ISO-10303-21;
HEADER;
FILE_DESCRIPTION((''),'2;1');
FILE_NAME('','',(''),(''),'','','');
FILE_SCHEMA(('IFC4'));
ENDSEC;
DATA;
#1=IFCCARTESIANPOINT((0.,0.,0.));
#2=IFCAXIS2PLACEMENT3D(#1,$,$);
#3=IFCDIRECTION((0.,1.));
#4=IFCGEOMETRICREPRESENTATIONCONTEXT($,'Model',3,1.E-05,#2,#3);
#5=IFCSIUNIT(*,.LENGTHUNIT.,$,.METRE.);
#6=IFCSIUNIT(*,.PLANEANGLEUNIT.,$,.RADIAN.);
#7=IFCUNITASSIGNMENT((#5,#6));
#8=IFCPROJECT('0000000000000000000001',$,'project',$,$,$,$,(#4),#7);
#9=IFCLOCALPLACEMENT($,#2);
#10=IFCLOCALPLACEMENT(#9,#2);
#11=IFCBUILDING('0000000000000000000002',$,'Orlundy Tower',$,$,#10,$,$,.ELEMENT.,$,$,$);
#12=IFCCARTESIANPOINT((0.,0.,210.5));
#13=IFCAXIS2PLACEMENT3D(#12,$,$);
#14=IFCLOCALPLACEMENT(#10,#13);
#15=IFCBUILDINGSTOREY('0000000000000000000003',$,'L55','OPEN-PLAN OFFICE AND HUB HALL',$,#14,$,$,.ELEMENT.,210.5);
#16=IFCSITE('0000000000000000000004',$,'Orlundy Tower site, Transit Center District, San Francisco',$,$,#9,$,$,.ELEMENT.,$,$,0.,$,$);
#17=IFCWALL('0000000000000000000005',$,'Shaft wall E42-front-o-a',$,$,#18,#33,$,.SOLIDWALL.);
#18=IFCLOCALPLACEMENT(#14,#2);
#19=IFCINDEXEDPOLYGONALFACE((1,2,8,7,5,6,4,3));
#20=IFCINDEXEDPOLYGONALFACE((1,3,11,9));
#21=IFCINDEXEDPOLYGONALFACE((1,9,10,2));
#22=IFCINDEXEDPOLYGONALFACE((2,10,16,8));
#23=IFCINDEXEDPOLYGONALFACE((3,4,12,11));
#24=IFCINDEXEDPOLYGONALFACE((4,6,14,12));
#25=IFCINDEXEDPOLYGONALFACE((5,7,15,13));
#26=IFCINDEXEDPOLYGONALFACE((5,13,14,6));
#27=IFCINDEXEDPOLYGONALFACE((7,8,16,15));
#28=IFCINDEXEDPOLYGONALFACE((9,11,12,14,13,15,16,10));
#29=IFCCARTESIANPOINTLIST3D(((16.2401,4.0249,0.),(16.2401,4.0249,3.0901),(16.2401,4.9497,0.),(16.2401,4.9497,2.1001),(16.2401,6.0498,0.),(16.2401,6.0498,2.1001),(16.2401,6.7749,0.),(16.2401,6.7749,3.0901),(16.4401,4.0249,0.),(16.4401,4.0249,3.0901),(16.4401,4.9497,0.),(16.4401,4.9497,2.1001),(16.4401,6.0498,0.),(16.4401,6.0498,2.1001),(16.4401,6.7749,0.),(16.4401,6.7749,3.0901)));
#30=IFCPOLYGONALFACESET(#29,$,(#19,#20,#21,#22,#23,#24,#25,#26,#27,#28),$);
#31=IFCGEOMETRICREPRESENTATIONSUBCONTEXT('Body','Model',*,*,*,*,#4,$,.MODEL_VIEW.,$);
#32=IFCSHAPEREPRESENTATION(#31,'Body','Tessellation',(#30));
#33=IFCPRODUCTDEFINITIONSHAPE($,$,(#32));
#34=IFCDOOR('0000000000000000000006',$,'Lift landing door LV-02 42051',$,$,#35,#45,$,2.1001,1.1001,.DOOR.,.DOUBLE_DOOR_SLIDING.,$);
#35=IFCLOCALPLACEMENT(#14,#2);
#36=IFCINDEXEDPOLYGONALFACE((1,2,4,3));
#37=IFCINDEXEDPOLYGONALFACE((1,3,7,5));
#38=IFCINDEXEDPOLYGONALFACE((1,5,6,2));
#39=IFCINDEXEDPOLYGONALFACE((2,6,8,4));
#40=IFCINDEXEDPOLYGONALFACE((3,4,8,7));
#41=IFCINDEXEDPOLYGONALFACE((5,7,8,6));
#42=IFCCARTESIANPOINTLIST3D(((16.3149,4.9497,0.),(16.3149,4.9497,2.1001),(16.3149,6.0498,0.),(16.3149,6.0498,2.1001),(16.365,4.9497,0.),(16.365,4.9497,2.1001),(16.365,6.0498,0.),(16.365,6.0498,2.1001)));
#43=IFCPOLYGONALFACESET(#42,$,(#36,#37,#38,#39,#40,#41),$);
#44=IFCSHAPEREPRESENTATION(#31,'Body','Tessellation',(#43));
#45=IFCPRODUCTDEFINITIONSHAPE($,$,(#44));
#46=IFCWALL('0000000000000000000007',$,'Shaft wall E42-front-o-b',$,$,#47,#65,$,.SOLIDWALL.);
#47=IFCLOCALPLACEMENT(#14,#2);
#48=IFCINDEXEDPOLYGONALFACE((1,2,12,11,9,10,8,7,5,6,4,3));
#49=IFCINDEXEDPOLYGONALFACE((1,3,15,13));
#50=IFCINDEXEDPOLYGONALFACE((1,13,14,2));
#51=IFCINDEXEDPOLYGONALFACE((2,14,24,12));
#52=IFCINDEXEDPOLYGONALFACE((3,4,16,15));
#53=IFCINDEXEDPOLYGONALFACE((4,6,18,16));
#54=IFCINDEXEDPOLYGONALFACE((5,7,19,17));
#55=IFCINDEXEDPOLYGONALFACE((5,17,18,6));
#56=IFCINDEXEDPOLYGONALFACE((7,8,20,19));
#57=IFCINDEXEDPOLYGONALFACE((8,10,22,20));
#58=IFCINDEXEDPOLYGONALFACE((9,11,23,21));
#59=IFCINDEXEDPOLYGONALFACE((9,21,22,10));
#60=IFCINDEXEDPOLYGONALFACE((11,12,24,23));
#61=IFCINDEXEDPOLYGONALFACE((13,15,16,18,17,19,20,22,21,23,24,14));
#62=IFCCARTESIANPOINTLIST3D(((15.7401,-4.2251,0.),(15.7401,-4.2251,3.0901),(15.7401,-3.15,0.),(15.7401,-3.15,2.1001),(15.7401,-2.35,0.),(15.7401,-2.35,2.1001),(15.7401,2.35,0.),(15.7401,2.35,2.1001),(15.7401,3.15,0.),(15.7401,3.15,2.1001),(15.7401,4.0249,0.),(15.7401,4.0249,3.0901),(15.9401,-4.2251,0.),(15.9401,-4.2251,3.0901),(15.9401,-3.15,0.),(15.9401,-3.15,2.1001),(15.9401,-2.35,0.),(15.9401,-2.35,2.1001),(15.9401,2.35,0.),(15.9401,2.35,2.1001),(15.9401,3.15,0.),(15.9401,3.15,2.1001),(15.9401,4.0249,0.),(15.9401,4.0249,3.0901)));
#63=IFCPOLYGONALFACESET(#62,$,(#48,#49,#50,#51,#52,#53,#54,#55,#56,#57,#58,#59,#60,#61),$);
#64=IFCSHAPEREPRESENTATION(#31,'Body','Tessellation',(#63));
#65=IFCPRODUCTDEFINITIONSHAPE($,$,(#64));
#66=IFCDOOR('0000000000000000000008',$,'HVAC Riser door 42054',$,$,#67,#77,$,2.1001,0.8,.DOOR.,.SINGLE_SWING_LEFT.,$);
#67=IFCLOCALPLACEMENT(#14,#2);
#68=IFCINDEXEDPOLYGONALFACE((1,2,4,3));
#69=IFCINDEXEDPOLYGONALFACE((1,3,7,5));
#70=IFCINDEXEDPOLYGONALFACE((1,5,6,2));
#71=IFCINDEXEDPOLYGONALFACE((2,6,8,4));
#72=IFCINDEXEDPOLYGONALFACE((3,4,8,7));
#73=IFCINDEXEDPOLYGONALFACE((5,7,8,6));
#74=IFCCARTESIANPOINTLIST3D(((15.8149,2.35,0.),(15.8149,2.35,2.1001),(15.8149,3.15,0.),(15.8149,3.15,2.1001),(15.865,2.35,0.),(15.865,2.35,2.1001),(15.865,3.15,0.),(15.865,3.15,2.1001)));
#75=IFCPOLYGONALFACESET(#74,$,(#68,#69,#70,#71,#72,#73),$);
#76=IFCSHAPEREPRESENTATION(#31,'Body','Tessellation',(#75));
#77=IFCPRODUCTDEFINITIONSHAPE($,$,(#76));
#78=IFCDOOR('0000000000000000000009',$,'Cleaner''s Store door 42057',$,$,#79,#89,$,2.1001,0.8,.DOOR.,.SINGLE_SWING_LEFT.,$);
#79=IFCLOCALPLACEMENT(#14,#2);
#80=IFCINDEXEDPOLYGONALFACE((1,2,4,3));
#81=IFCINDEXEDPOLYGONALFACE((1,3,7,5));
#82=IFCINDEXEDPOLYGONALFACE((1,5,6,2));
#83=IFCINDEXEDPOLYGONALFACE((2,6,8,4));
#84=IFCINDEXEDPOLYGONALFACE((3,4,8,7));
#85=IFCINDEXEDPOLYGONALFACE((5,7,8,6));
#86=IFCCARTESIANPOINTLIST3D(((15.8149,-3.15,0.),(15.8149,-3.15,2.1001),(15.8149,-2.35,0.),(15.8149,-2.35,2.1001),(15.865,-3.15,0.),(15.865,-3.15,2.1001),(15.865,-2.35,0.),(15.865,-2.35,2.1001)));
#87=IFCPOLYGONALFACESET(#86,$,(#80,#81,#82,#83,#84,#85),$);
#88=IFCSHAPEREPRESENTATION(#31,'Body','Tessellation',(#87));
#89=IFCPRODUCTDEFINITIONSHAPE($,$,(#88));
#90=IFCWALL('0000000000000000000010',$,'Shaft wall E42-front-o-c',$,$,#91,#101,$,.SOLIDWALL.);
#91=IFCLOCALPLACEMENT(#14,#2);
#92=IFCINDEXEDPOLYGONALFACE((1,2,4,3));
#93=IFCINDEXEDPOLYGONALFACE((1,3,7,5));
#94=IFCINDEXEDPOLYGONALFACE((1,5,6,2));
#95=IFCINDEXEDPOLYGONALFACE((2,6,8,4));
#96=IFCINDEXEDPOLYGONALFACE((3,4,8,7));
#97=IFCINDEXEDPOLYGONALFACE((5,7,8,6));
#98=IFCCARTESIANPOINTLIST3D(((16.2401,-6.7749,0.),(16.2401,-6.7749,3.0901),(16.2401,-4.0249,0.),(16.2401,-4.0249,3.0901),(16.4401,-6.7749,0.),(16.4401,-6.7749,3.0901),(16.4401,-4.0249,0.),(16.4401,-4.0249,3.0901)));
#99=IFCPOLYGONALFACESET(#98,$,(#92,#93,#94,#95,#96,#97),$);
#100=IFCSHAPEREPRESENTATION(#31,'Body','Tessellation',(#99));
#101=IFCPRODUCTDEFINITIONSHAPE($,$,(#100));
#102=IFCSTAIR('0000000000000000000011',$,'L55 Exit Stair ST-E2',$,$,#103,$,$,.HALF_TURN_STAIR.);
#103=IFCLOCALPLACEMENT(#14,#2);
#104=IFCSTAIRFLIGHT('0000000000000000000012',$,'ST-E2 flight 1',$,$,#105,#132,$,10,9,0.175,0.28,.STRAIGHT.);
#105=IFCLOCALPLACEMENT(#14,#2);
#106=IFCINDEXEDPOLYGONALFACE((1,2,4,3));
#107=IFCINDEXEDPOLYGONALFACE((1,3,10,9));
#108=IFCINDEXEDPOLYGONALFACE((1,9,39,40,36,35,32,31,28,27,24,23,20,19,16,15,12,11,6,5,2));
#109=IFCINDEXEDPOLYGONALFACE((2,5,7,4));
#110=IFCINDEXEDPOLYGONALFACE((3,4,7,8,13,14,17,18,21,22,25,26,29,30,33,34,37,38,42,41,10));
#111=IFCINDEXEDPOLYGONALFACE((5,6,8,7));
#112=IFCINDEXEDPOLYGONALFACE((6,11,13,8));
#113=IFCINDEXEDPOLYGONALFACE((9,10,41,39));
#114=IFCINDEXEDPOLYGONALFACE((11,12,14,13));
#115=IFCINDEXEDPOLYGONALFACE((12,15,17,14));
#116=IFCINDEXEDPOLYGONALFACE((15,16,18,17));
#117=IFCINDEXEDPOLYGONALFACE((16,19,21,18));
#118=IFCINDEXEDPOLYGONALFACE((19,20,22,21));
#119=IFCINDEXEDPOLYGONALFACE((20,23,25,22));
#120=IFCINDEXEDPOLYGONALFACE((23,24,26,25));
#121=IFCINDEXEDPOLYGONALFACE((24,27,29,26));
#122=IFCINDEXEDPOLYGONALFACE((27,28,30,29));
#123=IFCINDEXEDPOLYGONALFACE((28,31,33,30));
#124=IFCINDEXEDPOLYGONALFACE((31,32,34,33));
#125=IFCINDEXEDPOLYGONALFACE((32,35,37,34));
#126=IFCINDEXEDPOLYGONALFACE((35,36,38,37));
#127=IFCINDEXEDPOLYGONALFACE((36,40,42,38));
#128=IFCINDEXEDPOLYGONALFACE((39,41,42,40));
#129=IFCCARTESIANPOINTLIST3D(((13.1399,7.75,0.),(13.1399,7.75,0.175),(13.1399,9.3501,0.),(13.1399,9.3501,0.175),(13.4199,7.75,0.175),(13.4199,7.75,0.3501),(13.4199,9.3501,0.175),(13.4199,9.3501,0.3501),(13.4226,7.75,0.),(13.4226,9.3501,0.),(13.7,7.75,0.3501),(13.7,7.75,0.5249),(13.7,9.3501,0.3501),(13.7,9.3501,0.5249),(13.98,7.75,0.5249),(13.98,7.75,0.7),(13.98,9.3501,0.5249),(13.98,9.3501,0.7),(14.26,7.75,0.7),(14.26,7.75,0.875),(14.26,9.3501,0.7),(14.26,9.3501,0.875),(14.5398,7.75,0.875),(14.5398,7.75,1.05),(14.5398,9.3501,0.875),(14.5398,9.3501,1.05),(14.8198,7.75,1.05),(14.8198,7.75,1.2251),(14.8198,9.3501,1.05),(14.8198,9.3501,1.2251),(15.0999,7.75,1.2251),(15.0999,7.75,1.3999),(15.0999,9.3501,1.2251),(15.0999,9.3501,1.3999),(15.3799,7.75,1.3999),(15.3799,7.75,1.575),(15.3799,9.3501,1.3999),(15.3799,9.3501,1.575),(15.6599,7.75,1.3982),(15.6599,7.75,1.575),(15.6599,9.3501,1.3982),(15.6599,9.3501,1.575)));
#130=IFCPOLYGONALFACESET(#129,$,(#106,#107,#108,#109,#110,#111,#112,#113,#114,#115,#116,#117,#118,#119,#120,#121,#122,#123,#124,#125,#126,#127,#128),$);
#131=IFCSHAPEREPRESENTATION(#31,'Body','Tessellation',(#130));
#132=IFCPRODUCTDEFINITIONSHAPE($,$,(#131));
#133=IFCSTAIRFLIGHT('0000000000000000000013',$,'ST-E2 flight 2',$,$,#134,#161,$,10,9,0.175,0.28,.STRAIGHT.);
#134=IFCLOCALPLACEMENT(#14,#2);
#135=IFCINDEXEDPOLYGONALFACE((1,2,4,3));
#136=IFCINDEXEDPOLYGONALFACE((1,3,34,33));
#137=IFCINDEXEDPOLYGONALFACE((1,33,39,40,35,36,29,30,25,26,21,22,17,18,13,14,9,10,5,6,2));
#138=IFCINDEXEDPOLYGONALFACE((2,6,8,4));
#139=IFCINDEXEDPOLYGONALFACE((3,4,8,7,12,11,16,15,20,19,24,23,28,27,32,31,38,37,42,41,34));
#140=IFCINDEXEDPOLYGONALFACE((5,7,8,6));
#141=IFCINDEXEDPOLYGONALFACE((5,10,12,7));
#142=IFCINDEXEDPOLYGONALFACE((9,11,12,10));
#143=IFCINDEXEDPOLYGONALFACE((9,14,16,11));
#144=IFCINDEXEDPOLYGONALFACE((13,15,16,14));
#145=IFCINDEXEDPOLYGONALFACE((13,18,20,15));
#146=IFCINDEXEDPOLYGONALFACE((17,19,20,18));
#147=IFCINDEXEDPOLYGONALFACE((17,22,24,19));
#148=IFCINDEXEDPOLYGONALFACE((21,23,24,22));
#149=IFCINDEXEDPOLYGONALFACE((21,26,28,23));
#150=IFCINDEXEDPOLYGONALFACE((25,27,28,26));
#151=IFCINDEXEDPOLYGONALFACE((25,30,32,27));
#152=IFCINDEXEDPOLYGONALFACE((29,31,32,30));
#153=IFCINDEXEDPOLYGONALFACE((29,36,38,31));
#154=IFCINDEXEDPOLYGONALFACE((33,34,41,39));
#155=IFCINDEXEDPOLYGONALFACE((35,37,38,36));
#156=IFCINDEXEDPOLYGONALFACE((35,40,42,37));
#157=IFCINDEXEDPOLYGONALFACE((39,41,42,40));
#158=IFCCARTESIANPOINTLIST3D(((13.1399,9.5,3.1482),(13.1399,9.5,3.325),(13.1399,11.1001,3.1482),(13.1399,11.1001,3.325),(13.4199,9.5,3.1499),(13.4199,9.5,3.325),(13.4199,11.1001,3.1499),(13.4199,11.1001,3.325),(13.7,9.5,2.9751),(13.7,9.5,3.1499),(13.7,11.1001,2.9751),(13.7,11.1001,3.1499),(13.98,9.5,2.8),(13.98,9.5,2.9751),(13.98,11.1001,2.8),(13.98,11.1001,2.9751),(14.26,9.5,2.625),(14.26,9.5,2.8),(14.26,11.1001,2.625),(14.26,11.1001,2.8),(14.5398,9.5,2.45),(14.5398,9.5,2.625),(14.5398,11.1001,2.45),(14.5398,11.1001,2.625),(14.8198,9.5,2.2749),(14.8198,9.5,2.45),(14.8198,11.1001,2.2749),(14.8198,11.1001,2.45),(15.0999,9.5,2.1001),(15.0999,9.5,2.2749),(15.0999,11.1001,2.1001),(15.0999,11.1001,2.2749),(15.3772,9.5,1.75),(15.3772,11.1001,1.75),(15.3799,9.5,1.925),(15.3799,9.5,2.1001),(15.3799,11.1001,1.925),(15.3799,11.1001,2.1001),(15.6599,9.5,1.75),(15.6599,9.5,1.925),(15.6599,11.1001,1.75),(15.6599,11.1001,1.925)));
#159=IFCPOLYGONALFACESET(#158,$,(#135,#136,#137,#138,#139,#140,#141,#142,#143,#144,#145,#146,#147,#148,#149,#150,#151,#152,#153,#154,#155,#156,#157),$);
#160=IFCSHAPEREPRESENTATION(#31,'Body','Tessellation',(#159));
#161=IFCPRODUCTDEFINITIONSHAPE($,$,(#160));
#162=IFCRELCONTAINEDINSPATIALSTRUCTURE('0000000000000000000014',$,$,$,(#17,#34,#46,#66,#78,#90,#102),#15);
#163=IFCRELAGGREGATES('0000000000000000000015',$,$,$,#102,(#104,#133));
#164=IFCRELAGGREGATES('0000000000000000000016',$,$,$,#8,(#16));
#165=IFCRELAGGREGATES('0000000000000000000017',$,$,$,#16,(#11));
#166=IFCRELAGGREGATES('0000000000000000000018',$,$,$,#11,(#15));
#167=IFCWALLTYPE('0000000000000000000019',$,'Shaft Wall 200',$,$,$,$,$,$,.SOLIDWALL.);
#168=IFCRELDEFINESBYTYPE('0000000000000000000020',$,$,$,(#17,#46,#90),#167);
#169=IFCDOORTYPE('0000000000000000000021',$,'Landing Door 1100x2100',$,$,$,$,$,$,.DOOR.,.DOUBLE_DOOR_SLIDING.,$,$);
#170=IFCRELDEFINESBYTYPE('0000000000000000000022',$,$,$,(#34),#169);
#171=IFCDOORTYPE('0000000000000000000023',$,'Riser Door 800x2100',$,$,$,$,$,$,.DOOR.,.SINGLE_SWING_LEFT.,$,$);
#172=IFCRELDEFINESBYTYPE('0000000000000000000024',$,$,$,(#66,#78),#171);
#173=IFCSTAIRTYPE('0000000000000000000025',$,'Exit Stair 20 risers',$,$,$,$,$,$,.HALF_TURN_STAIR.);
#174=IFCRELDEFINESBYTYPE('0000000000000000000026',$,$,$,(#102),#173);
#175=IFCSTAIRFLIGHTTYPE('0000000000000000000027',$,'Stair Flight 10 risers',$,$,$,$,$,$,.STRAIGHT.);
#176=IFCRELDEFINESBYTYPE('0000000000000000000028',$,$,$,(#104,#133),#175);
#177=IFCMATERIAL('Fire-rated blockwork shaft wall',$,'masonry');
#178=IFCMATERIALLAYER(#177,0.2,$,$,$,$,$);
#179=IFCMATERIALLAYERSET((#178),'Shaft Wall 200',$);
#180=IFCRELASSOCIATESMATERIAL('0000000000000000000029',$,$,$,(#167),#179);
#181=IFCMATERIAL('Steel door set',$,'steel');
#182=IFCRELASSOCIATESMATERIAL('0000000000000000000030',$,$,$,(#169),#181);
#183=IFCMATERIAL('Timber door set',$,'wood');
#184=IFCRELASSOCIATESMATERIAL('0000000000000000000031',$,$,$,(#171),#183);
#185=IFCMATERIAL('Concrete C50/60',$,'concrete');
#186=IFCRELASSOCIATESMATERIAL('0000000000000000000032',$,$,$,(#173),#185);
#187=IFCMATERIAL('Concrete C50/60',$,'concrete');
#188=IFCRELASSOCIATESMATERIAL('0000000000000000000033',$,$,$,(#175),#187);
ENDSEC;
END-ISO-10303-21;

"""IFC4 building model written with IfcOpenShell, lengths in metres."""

from ifc_helpers import new_model, si_unit, direction, frame, frame_2d, origin, place, context, subcontext, project, spatial, polyline, rectangle, outline, extrude, material, layer, layer_set, type_object, element, fill, aggregate, save


model = new_model("IFC4")

# Units and contexts
model_context = context("Model", 3, precision=1e-05, world=origin(), true_north=direction((0.0, 1.0)))
body_context = subcontext(model_context, "Body", "Model", "MODEL_VIEW")
ifc_project = project(units=[si_unit("LENGTHUNIT", "METRE"), si_unit("PLANEANGLEUNIT", "RADIAN")], contexts=[model_context])

# Site, building, storey
site_placement = place(None, origin())
site = spatial("IfcSite", under=ifc_project, at=site_placement, Name="Orlundy Tower site, Transit Center District, San Francisco", CompositionType="ELEMENT", RefElevation=0.0)
building_placement = place(site_placement, origin())
building = spatial("IfcBuilding", under=site, at=building_placement, Name="Orlundy Tower", CompositionType="ELEMENT")
storey_placement = place(building_placement, frame((0.0, 0.0, 210.5)))
storey = spatial("IfcBuildingStorey", under=building, at=storey_placement, Name="L55", Description="OPEN-PLAN OFFICE AND HUB HALL", CompositionType="ELEMENT", Elevation=210.5)

# Shared definitions
ifc_material_1 = material(Name="Fire-rated blockwork shaft wall", Category="masonry")
ifc_layer_1 = layer(ifc_material_1, 0.2)
ifc_layer_set_1 = layer_set([ifc_layer_1], Name="Shaft Wall 200")
wall_type_1 = type_object("IfcWallType", Name="Shaft Wall 200", PredefinedType="SOLIDWALL", material=ifc_layer_set_1)

# Shared definitions
ifc_material_2 = material(Name="Steel door set", Category="steel")
door_type_1 = type_object("IfcDoorType", Name="Landing Door 1100x2100", OperationType="DOUBLE_DOOR_SLIDING", PredefinedType="DOOR", material=ifc_material_2)
ifc_material_3 = material(Name="Timber door set", Category="wood")
door_type_2 = type_object("IfcDoorType", Name="Riser Door 800x2100", OperationType="SINGLE_SWING_LEFT", PredefinedType="DOOR", material=ifc_material_3)

# Wall, opening, door
wall_1_placement = place(storey_placement, frame((16.3401, 6.7749, 0.0), z_axis=(0.0, 0.0, 1.0), x_axis=(0.0, -1.0, 0.0)))
wall_1 = element("IfcWall", 1, at=wall_1_placement, inside=storey, type_object=wall_type_1, Name="Shaft wall E42-front-o-a", PredefinedType="SOLIDWALL", context=body_context, shape_type="SweptSolid", body=[
    extrude(rectangle(XDim=2.75, YDim=0.2, at=frame_2d((1.375, 0.0))), origin(), (0.0, 0.0, 1.0), 3.0901),
])
opening_1_placement = place(wall_1_placement, frame((0.7251, 0.0, 0.0)))
opening_1 = element("IfcOpeningElement", 2, at=opening_1_placement, cuts=wall_1, PredefinedType="OPENING", context=body_context, shape_type="SweptSolid", body=[
    extrude(rectangle(XDim=1.1001, YDim=2.1001, at=frame_2d((0.55, 1.05))), frame((0.0, 0.1101, 0.0), z_axis=(0.0, -1.0, 0.0), x_axis=(1.0, 0.0, 0.0)), (0.0, 0.0, 1.0), 0.2202),
])
door_1_placement = place(opening_1_placement, origin())
door_1 = element("IfcDoor", 3, at=door_1_placement, inside=storey, type_object=door_type_1, Name="Lift landing door LV-02 42051", OperationType="DOUBLE_DOOR_SLIDING", OverallHeight=2.1001, OverallWidth=1.1001, PredefinedType="DOOR", context=body_context, shape_type="SweptSolid", body=[
    extrude(rectangle(XDim=1.1001, YDim=2.1001, at=frame_2d((0.55, 1.05))), frame((0.0, 0.0249, 0.0), z_axis=(0.0, -1.0, 0.0), x_axis=(1.0, 0.0, 0.0)), (0.0, 0.0, 1.0), 0.05),
])
fill(opening_1, door_1)

# Wall, openings, doors
wall_2_placement = place(storey_placement, frame((15.8401, 4.0249, 0.0), z_axis=(0.0, 0.0, 1.0), x_axis=(0.0, -1.0, 0.0)))
wall_2 = element("IfcWall", 4, at=wall_2_placement, inside=storey, type_object=wall_type_1, Name="Shaft wall E42-front-o-b", PredefinedType="SOLIDWALL", context=body_context, shape_type="SweptSolid", body=[
    extrude(rectangle(XDim=8.25, YDim=0.2, at=frame_2d((4.125, 0.0))), origin(), (0.0, 0.0, 1.0), 3.0901),
])
opening_2_placement = place(wall_2_placement, frame((0.875, 0.0, 0.0)))
opening_2 = element("IfcOpeningElement", 5, at=opening_2_placement, cuts=wall_2, PredefinedType="OPENING", context=body_context, shape_type="SweptSolid", body=[
    extrude(rectangle(XDim=0.8, YDim=2.1001, at=frame_2d((0.3999, 1.05))), frame((0.0, 0.1101, 0.0), z_axis=(0.0, -1.0, 0.0), x_axis=(1.0, 0.0, 0.0)), (0.0, 0.0, 1.0), 0.2202),
])
opening_3_placement = place(wall_2_placement, frame((6.375, 0.0, 0.0)))
opening_3 = element("IfcOpeningElement", 6, at=opening_3_placement, cuts=wall_2, PredefinedType="OPENING", context=body_context, shape_type="SweptSolid", body=[
    extrude(rectangle(XDim=0.8, YDim=2.1001, at=frame_2d((0.3999, 1.05))), frame((0.0, 0.1101, 0.0), z_axis=(0.0, -1.0, 0.0), x_axis=(1.0, 0.0, 0.0)), (0.0, 0.0, 1.0), 0.2202),
])
door_2_placement = place(opening_2_placement, origin())
door_2 = element("IfcDoor", 7, at=door_2_placement, inside=storey, type_object=door_type_2, Name="HVAC Riser door 42054", OperationType="SINGLE_SWING_LEFT", OverallHeight=2.1001, OverallWidth=0.8, PredefinedType="DOOR", context=body_context, shape_type="SweptSolid", body=[
    extrude(rectangle(XDim=0.8, YDim=2.1001, at=frame_2d((0.3999, 1.05))), frame((0.0, 0.0249, 0.0), z_axis=(0.0, -1.0, 0.0), x_axis=(1.0, 0.0, 0.0)), (0.0, 0.0, 1.0), 0.05),
])
fill(opening_2, door_2)
door_3_placement = place(opening_3_placement, origin())
door_3 = element("IfcDoor", 8, at=door_3_placement, inside=storey, type_object=door_type_2, Name="Cleaner's Store door 42057", OperationType="SINGLE_SWING_LEFT", OverallHeight=2.1001, OverallWidth=0.8, PredefinedType="DOOR", context=body_context, shape_type="SweptSolid", body=[
    extrude(rectangle(XDim=0.8, YDim=2.1001, at=frame_2d((0.3999, 1.05))), frame((0.0, 0.0249, 0.0), z_axis=(0.0, -1.0, 0.0), x_axis=(1.0, 0.0, 0.0)), (0.0, 0.0, 1.0), 0.05),
])
fill(opening_3, door_3)

# Wall
wall_3_placement = place(storey_placement, frame((16.3401, -4.0249, 0.0), z_axis=(0.0, 0.0, 1.0), x_axis=(0.0, -1.0, 0.0)))
element("IfcWall", 9, at=wall_3_placement, inside=storey, type_object=wall_type_1, Name="Shaft wall E42-front-o-c", PredefinedType="SOLIDWALL", context=body_context, shape_type="SweptSolid", body=[
    extrude(rectangle(XDim=2.75, YDim=0.2, at=frame_2d((1.375, 0.0))), origin(), (0.0, 0.0, 1.0), 3.0901),
])

# Stair, stair flights
ifc_material_4 = material(Name="Concrete C50/60", Category="concrete")
stair_type = type_object("IfcStairType", Name="Exit Stair 20 risers", PredefinedType="HALF_TURN_STAIR", material=ifc_material_4)
stair_placement = place(storey_placement, origin())
stair = element("IfcStair", 10, at=stair_placement, inside=storey, type_object=stair_type, Name="L55 Exit Stair ST-E2", PredefinedType="HALF_TURN_STAIR")
ifc_material_5 = material(Name="Concrete C50/60", Category="concrete")
stair_flight_type = type_object("IfcStairFlightType", Name="Stair Flight 10 risers", PredefinedType="STRAIGHT", material=ifc_material_5)
stair_flight_1_placement = place(storey_placement, frame((13.1399, 8.55, 0.0), z_axis=(0.0, 0.0, 1.0), x_axis=(1.0, 0.0, 0.0)))
stair_flight_1 = element("IfcStairFlight", 11, at=stair_flight_1_placement, type_object=stair_flight_type, Name="ST-E2 flight 1", NumberOfRisers=10, NumberOfTreads=9, PredefinedType="STRAIGHT", RiserHeight=0.175, TreadLength=0.28, context=body_context, shape_type="SweptSolid", body=[
    extrude(outline(polyline([(0.0, 0.0), (0.0, 0.175), (0.28, 0.175), (0.28, 0.3501), (0.5601, 0.3501), (0.5601, 0.5249), (0.8401, 0.5249), (0.8401, 0.7), (1.1201, 0.7), (1.1201, 0.875), (1.3999, 0.875), (1.3999, 1.05), (1.6799, 1.05), (1.6799, 1.2251), (1.96, 1.2251), (1.96, 1.3999), (2.24, 1.3999), (2.24, 1.575), (2.52, 1.575), (2.52, 1.75), (2.52, 1.3982), (0.2827, 0.0), (0.0, 0.0)])), frame((0.0, 0.8, 0.0), z_axis=(0.0, -1.0, 0.0), x_axis=(1.0, 0.0, 0.0)), (0.0, 0.0, 1.0), 1.6001),
])
stair_flight_2_placement = place(storey_placement, frame((15.6599, 10.3, 1.75), z_axis=(0.0, 0.0, 1.0), x_axis=(-1.0, 0.0, 0.0)))
stair_flight_2 = element("IfcStairFlight", 12, at=stair_flight_2_placement, type_object=stair_flight_type, Name="ST-E2 flight 2", NumberOfRisers=10, NumberOfTreads=9, PredefinedType="STRAIGHT", RiserHeight=0.175, TreadLength=0.28, context=body_context, shape_type="SweptSolid", body=[
    extrude(outline(polyline([(0.0, 0.0), (0.0, 0.175), (0.28, 0.175), (0.28, 0.3501), (0.5601, 0.3501), (0.5601, 0.5249), (0.8401, 0.5249), (0.8401, 0.7), (1.1201, 0.7), (1.1201, 0.875), (1.3999, 0.875), (1.3999, 1.05), (1.6799, 1.05), (1.6799, 1.2251), (1.96, 1.2251), (1.96, 1.3999), (2.24, 1.3999), (2.24, 1.575), (2.52, 1.575), (2.52, 1.75), (2.52, 1.3982), (0.2827, 0.0), (0.0, 0.0)])), frame((0.0, 0.8, 0.0), z_axis=(0.0, -1.0, 0.0), x_axis=(1.0, 0.0, 0.0)), (0.0, 0.0, 1.0), 1.6001),
])
aggregate(stair, [stair_flight_1, stair_flight_2])

save(model, "model.ifc")
